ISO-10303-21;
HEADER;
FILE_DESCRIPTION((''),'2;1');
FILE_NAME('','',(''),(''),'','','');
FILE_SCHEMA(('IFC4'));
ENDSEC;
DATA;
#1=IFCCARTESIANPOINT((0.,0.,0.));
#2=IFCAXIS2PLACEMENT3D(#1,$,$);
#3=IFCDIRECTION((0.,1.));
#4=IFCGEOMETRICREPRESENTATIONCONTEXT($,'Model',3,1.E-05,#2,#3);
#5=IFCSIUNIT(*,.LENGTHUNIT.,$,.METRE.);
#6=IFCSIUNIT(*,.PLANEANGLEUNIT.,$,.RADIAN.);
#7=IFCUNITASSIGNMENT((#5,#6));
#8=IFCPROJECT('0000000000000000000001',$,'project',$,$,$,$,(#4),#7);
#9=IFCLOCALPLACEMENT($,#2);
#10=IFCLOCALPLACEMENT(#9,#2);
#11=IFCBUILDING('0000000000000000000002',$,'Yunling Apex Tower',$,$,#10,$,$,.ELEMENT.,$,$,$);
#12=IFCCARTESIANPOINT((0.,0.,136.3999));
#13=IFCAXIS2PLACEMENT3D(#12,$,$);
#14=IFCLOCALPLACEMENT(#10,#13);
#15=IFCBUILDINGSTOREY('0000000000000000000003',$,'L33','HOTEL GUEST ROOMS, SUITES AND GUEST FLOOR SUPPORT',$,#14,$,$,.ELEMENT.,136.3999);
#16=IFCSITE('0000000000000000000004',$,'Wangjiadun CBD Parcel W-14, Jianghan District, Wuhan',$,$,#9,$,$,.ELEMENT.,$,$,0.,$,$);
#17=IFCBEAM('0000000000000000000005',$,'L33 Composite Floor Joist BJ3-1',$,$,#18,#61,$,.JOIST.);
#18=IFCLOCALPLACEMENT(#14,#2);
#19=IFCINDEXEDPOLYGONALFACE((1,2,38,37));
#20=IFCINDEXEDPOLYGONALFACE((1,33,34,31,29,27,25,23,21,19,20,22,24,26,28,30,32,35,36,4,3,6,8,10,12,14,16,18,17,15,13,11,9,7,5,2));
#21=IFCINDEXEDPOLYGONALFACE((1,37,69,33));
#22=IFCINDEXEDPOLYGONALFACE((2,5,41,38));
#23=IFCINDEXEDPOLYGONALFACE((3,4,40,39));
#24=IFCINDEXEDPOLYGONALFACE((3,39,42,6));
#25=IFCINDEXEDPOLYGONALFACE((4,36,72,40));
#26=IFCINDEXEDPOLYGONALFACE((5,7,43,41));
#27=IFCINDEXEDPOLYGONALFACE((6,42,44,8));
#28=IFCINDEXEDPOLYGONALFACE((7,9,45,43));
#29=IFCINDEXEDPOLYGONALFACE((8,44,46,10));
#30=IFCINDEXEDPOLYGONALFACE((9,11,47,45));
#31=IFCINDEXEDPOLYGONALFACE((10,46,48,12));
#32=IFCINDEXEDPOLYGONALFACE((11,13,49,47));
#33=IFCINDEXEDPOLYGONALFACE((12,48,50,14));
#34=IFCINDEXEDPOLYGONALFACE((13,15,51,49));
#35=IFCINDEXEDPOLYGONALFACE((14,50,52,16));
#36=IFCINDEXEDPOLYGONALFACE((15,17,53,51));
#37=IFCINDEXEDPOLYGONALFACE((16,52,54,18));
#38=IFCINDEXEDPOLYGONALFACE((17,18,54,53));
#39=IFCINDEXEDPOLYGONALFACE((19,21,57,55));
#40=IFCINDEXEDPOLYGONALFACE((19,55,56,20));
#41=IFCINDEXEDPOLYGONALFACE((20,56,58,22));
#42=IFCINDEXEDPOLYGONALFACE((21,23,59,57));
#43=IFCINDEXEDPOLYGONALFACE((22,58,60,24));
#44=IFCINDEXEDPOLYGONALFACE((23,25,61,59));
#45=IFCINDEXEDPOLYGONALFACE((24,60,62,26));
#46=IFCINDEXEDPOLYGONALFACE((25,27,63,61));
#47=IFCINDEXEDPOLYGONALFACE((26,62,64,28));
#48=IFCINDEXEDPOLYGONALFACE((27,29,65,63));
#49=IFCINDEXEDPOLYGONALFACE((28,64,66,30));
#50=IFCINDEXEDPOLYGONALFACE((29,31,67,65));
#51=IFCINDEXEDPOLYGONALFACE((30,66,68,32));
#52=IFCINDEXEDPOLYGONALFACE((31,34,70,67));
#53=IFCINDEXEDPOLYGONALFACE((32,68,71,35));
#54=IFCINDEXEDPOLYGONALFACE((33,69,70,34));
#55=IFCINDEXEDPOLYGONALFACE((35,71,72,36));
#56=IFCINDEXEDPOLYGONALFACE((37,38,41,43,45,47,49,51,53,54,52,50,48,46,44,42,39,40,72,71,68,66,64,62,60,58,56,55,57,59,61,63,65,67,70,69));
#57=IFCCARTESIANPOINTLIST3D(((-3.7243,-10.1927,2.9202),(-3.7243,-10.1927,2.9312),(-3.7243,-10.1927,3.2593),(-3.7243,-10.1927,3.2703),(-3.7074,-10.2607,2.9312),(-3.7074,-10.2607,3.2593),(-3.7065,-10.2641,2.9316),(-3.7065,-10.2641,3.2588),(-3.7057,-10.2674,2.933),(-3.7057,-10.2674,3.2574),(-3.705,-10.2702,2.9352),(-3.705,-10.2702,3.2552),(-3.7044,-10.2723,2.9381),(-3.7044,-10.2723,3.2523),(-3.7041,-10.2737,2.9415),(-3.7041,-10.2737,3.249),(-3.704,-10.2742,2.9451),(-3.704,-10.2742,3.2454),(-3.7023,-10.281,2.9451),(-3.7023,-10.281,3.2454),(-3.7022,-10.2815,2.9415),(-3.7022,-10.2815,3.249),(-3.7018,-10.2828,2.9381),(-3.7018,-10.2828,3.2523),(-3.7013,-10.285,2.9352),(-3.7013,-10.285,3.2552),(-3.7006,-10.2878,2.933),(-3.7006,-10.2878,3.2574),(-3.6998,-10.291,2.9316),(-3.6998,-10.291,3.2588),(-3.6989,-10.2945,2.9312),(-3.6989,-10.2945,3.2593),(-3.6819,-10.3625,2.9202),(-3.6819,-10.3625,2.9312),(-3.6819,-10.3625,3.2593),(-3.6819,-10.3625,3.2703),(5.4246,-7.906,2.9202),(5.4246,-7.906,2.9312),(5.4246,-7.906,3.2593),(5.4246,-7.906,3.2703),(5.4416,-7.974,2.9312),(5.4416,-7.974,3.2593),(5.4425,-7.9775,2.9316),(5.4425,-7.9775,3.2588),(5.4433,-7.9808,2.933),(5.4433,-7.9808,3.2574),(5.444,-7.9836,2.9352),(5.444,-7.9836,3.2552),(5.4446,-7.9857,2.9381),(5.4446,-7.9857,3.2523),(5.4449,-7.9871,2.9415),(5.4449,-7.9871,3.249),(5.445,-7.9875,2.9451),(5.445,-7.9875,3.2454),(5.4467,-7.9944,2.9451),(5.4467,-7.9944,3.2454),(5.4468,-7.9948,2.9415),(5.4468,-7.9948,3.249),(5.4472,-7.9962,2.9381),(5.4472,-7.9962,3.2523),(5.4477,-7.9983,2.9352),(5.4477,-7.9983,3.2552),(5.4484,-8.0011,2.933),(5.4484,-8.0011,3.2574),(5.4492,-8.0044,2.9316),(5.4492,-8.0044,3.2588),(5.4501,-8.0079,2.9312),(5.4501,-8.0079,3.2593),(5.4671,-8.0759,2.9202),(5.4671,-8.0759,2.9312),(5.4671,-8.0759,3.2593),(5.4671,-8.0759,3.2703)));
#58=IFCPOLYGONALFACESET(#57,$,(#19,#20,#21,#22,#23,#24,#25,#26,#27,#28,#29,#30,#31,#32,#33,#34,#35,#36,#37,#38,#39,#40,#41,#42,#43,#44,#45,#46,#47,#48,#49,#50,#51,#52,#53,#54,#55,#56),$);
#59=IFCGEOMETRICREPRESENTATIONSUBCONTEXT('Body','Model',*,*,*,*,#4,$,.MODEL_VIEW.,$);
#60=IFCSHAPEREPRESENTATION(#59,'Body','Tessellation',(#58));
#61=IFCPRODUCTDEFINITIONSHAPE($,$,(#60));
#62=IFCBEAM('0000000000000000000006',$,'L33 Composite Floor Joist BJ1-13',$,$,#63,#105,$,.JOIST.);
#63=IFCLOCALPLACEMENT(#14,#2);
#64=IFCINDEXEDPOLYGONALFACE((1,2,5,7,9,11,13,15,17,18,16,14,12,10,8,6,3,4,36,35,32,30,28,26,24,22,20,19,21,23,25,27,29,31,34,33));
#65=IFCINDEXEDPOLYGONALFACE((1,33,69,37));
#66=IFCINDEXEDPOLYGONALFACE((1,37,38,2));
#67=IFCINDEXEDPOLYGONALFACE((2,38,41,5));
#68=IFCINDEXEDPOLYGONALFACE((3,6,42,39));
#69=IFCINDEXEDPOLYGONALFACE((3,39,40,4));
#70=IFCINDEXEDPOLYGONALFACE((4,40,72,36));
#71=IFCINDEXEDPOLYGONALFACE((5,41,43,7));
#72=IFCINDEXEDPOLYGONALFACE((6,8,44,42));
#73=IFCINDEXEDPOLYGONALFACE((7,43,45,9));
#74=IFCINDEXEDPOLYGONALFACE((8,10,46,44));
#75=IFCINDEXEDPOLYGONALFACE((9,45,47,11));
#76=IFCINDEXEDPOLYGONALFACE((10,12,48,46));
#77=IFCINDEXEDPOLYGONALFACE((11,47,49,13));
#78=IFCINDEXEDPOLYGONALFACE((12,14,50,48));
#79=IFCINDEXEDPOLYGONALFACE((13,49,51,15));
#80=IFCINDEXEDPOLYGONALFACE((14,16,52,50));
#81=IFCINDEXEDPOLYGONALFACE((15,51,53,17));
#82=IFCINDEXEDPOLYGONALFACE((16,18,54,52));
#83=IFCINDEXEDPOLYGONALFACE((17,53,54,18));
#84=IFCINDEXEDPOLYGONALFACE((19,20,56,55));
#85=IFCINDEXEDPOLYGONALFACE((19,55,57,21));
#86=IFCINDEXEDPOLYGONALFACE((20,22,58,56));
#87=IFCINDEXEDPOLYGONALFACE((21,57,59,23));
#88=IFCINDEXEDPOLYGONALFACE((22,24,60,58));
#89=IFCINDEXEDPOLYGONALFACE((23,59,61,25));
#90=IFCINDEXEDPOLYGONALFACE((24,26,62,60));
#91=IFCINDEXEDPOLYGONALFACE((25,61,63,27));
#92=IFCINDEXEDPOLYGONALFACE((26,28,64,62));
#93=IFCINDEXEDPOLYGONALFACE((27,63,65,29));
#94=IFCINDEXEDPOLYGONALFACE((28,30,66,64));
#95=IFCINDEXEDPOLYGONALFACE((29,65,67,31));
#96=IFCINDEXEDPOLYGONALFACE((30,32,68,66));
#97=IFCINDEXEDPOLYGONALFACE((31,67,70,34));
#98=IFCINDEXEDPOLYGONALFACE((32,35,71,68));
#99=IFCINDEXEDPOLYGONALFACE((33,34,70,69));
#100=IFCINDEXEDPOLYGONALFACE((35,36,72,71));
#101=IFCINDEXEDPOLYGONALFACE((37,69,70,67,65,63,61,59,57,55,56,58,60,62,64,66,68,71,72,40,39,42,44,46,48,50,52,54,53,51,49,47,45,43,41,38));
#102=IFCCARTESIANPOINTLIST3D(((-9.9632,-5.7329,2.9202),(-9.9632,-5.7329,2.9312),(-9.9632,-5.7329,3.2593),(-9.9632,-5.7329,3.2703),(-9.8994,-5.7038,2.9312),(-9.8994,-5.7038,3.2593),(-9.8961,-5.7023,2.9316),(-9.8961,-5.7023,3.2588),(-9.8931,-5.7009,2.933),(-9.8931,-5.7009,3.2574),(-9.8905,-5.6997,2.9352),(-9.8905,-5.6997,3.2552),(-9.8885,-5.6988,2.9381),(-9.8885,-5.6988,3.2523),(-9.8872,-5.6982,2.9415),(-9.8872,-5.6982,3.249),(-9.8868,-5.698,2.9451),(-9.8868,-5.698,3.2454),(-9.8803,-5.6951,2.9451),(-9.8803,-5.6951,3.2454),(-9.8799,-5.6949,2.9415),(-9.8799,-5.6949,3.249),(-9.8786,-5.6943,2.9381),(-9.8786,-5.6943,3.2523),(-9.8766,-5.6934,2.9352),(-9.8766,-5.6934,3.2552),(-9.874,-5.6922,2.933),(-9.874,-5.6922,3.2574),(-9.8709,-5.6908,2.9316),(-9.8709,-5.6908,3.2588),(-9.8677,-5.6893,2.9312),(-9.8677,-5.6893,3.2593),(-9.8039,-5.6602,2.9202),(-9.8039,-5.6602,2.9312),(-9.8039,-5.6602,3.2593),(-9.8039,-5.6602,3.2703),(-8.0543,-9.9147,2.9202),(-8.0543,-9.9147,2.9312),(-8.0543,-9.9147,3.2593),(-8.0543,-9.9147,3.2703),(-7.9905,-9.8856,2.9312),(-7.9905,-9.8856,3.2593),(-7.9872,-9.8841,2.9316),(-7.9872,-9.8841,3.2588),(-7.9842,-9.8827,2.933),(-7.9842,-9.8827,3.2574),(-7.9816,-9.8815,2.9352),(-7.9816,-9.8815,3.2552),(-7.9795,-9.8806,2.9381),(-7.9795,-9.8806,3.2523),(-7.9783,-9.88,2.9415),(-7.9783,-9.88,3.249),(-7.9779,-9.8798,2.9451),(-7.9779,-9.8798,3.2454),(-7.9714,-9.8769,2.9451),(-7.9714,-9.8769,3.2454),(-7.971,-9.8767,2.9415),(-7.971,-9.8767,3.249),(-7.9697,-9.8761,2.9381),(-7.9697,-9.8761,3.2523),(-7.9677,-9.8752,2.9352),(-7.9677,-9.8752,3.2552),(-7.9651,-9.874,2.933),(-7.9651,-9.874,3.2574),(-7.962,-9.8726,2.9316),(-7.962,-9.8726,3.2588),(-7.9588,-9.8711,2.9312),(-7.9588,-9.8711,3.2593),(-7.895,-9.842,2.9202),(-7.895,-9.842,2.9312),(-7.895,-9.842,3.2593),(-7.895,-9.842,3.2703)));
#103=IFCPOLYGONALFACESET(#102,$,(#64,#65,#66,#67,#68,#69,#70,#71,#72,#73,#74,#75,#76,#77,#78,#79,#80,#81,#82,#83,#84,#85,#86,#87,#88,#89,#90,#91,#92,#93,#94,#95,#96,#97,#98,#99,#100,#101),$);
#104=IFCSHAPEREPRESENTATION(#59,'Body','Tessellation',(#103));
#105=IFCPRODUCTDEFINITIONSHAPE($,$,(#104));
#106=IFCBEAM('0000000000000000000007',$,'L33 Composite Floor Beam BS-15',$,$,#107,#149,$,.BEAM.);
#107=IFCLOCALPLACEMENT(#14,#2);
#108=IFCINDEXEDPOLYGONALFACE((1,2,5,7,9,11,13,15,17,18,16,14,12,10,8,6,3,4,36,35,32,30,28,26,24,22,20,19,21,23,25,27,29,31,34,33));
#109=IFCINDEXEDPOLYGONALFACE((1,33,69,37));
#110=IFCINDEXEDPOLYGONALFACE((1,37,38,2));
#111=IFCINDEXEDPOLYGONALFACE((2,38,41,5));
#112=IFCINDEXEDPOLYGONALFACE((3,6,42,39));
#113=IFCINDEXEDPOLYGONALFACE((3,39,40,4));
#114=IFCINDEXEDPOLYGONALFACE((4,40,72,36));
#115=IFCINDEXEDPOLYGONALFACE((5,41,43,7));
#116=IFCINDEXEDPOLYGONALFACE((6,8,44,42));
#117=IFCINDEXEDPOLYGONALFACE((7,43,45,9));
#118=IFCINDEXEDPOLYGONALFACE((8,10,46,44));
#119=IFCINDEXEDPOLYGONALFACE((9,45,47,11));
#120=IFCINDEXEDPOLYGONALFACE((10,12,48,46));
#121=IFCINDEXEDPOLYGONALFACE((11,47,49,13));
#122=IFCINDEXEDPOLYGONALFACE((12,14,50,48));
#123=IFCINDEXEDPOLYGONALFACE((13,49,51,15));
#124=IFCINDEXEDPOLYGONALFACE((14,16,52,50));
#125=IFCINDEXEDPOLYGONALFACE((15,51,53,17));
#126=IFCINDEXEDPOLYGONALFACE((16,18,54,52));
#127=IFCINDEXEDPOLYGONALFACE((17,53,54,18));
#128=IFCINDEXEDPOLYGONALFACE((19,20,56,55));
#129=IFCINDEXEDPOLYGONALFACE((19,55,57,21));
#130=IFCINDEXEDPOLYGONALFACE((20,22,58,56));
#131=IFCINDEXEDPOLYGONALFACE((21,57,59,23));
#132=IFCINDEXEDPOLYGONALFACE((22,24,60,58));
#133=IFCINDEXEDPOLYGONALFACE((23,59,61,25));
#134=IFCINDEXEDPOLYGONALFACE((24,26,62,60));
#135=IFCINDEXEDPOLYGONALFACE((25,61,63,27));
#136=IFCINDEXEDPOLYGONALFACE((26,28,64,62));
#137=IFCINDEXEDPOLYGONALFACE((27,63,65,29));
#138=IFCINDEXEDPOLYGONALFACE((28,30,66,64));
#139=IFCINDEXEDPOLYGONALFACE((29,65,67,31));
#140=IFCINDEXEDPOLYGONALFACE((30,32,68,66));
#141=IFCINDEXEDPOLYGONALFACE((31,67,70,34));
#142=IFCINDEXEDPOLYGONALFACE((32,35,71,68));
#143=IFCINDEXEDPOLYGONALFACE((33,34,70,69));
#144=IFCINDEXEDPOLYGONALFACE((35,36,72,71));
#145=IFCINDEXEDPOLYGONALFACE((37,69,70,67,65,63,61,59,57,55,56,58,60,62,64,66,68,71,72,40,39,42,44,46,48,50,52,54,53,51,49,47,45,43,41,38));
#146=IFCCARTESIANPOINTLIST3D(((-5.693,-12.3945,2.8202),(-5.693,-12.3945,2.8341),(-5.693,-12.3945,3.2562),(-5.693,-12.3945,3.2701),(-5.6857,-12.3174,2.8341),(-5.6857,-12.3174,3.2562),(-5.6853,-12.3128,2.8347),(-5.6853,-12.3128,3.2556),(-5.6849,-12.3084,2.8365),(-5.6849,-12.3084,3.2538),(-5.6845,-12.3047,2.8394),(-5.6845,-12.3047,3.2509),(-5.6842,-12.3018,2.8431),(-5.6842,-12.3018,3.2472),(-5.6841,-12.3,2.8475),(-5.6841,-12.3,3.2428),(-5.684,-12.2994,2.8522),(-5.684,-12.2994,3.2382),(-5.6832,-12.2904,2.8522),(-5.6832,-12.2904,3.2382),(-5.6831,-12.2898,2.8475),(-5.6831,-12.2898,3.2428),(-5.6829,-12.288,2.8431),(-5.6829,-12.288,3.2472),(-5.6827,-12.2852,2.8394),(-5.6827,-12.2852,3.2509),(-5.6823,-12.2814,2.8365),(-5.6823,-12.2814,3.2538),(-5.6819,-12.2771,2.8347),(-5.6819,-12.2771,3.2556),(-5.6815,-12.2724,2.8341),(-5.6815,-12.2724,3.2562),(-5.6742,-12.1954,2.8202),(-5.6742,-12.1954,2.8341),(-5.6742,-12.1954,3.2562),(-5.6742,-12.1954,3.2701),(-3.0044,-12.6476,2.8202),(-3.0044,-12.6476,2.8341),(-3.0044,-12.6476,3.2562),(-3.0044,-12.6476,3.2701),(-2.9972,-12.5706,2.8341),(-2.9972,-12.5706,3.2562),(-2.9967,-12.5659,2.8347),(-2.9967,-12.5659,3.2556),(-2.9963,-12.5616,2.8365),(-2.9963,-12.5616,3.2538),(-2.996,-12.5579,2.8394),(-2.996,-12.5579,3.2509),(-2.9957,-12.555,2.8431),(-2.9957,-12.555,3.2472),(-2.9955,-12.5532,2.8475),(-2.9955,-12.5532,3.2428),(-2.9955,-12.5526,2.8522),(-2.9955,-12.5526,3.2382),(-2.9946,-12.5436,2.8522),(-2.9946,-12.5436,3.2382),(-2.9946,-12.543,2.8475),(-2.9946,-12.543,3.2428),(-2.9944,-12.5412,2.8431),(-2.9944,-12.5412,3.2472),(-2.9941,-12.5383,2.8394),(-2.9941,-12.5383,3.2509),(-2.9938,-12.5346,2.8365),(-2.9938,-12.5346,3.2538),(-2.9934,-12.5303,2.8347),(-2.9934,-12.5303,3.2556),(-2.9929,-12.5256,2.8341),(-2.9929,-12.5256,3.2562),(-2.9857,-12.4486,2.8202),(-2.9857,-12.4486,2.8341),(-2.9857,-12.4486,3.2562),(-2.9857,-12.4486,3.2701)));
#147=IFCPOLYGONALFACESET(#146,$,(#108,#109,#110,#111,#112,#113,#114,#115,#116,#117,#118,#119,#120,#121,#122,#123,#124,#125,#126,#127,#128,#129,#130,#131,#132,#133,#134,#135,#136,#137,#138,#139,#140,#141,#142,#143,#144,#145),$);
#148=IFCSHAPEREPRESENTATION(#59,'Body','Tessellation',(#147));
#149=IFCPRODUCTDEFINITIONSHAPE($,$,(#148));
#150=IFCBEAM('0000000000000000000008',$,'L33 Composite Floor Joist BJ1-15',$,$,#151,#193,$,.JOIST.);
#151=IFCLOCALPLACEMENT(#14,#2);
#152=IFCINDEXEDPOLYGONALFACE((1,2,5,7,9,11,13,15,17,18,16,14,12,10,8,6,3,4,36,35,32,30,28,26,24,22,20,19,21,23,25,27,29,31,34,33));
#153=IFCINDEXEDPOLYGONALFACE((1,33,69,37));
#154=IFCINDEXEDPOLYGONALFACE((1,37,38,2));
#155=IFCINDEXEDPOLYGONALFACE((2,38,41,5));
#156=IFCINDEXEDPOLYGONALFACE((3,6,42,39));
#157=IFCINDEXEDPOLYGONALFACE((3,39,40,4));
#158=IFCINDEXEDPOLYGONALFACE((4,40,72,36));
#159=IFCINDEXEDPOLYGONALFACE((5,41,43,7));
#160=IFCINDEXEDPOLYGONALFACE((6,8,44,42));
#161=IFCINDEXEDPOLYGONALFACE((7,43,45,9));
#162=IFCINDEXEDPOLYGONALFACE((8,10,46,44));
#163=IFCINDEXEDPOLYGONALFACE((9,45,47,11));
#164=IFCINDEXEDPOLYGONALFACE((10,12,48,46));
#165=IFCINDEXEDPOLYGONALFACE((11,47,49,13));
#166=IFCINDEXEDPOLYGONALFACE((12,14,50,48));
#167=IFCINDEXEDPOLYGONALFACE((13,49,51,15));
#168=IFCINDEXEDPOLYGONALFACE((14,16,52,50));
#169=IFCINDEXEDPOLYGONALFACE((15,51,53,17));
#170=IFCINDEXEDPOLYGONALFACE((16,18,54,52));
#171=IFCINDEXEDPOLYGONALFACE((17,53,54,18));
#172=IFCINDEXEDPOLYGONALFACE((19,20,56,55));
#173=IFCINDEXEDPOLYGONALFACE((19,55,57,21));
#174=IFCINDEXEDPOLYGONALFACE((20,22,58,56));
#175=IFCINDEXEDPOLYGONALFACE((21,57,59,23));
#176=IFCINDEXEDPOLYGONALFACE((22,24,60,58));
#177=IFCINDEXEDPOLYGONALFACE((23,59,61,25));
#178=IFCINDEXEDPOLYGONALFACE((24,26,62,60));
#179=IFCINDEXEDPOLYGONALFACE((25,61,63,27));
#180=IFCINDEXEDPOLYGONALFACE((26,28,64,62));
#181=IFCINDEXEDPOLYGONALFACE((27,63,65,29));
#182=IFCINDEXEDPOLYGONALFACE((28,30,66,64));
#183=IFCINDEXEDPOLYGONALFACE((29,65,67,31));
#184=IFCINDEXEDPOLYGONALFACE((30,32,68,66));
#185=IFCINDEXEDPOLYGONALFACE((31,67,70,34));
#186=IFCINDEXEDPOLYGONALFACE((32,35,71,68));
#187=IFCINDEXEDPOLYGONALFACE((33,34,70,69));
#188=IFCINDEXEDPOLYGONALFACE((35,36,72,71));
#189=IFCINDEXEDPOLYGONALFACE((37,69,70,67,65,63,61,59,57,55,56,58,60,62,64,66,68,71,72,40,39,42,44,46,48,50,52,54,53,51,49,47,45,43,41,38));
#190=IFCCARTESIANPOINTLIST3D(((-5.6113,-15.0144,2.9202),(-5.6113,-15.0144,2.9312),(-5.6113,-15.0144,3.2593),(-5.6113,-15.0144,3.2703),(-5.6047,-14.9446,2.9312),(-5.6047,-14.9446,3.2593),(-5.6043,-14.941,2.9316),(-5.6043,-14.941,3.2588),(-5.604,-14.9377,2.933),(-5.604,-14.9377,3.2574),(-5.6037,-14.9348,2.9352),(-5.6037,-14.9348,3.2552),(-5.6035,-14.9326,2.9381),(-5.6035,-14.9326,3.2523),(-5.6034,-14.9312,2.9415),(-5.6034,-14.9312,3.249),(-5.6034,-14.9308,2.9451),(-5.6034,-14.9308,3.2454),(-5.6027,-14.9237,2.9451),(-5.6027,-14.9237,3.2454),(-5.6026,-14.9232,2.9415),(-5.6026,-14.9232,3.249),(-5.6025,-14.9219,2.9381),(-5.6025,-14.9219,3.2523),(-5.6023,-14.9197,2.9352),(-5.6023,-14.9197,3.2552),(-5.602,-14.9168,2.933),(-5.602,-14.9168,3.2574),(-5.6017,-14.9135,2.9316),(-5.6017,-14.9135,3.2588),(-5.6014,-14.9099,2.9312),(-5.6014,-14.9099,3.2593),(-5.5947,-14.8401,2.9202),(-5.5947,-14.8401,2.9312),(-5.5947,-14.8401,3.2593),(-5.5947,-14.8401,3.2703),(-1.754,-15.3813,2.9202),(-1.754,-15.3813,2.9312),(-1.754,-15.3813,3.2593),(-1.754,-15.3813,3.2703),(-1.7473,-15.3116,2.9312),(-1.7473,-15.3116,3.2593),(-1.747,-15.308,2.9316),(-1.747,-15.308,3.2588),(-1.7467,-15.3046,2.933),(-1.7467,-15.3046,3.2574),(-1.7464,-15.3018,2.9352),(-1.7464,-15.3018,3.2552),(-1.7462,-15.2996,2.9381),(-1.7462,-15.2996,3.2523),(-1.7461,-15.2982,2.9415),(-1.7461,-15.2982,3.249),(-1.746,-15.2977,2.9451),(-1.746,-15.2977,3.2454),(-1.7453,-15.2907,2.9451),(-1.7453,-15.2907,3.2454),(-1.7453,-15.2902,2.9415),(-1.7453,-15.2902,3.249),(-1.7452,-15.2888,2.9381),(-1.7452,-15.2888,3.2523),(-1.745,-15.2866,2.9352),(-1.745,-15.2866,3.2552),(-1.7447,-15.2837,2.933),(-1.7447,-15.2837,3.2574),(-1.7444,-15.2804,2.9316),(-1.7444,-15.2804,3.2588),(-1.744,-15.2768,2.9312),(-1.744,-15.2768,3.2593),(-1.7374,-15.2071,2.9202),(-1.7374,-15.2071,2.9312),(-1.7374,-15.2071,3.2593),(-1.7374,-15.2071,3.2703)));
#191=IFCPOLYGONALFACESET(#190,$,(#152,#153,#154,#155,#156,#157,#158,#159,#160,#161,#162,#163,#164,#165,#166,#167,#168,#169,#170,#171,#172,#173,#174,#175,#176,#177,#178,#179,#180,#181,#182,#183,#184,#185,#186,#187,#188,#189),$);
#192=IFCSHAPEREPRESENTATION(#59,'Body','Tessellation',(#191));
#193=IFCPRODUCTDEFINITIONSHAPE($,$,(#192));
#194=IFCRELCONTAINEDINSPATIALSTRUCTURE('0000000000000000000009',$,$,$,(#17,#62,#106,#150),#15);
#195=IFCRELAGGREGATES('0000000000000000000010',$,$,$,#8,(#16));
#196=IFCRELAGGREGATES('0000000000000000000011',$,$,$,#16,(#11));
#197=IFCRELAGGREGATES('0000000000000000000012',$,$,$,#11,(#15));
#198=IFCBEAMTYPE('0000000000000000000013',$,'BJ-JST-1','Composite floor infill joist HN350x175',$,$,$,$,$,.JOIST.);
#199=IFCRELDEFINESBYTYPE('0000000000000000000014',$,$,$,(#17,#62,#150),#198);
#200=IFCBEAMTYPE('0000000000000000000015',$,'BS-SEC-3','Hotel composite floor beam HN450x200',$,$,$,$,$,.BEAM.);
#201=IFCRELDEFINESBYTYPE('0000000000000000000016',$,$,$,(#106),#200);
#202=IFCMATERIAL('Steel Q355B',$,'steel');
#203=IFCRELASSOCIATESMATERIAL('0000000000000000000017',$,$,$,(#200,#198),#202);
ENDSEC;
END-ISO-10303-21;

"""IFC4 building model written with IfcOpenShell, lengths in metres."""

from ifc_helpers import new_model, si_unit, direction, frame, origin, origin_2d, place, context, subcontext, project, spatial, i_section, extrude, source, transform, mapped, material, material_profile, profile_set, type_object, element, save


model = new_model("IFC4")

# Units and contexts
model_context = context("Model", 3, precision=1e-05, world=origin(), true_north=direction((0.0, 1.0)))
body_context = subcontext(model_context, "Body", "Model", "MODEL_VIEW")
ifc_project = project(units=[si_unit("LENGTHUNIT", "METRE"), si_unit("PLANEANGLEUNIT", "RADIAN")], contexts=[model_context])

# Site, building, storey
site_placement = place(None, origin())
site = spatial("IfcSite", under=ifc_project, at=site_placement, Name="Wangjiadun CBD Parcel W-14, Jianghan District, Wuhan", CompositionType="ELEMENT", RefElevation=0.0)
building_placement = place(site_placement, origin())
building = spatial("IfcBuilding", under=site, at=building_placement, Name="Yunling Apex Tower", CompositionType="ELEMENT")
storey_placement = place(building_placement, frame((0.0, 0.0, 136.3999)))
storey = spatial("IfcBuildingStorey", under=building, at=storey_placement, Name="L33", Description="HOTEL GUEST ROOMS, SUITES AND GUEST FLOOR SUPPORT", CompositionType="ELEMENT", Elevation=136.3999)

# Beams
ifc_material_1 = material(Name="Steel Q355B", Category="steel")
ifc_material_profile_1 = material_profile(ifc_material_1, i_section(OverallWidth=0.2, OverallDepth=0.45, WebThickness=0.009, FlangeThickness=0.0139, FilletRadius=0.0181, at=origin_2d()))
ifc_profile_set_1 = profile_set([ifc_material_profile_1], Name="Steel Q355B")
beam_type_1 = type_object("IfcBeamType", Name="BS-SEC-3", Description="Hotel composite floor beam HN450x200", PredefinedType="BEAM", material=ifc_profile_set_1)
ifc_material_profile_2 = material_profile(ifc_material_1, i_section(OverallWidth=0.175, OverallDepth=0.3501, WebThickness=0.0071, FlangeThickness=0.011, FilletRadius=0.0139, at=origin_2d()))
ifc_profile_set_2 = profile_set([ifc_material_profile_2], Name="Steel Q355B")
beam_type_2 = type_object("IfcBeamType", Name="BJ-JST-1", Description="Composite floor infill joist HN350x175", PredefinedType="JOIST", material=ifc_profile_set_2)
shared_shape_1 = source(origin(), body_context, "Body", "SweptSolid", [
    extrude(i_section(OverallWidth=0.175, OverallDepth=0.3501, WebThickness=0.0071, FlangeThickness=0.011, FilletRadius=0.0139, at=origin_2d()), origin(), (0.0, 0.0, 1.0), 9.4304),
])
beam_1_placement = place(storey_placement, frame((-3.7031, -10.2776, 3.0952), z_axis=(0.970158, 0.242475, 0.0), x_axis=(-0.242475, 0.970158, 0.0)))
element("IfcBeam", 1, at=beam_1_placement, inside=storey, type_object=beam_type_2, Name="L33 Composite Floor Joist BJ3-1", PredefinedType="JOIST", context=body_context, shape_type="MappedRepresentation", body=[
    mapped(shared_shape_1, transform((0.0, 0.0, 0.0), scale=1.0)),
])
shared_shape_2 = source(origin(), body_context, "Body", "SweptSolid", [
    extrude(i_section(OverallWidth=0.175, OverallDepth=0.3501, WebThickness=0.0071, FlangeThickness=0.011, FilletRadius=0.0139, at=origin_2d()), origin(), (0.0, 0.0, 1.0), 4.5969),
])
beam_2_placement = place(storey_placement, frame((-9.8835, -5.6965, 3.0952), z_axis=(0.415259, -0.909703, 0.0), x_axis=(0.909703, 0.415259, 0.0)))
element("IfcBeam", 2, at=beam_2_placement, inside=storey, type_object=beam_type_2, Name="L33 Composite Floor Joist BJ1-13", PredefinedType="JOIST", context=body_context, shape_type="MappedRepresentation", body=[
    mapped(shared_shape_2, transform((0.0, 0.0, 0.0), scale=1.0)),
])
shared_shape_3 = source(origin(), body_context, "Body", "SweptSolid", [
    extrude(i_section(OverallWidth=0.2, OverallDepth=0.45, WebThickness=0.009, FlangeThickness=0.0139, FilletRadius=0.0181, at=origin_2d()), origin(), (0.0, 0.0, 1.0), 2.7004),
])
beam_3_placement = place(storey_placement, frame((-5.6836, -12.2949, 3.0452), z_axis=(0.995595, -0.093755, 0.0), x_axis=(0.093755, 0.995595, 0.0)))
element("IfcBeam", 3, at=beam_3_placement, inside=storey, type_object=beam_type_1, Name="L33 Composite Floor Beam BS-15", PredefinedType="BEAM", context=body_context, shape_type="MappedRepresentation", body=[
    mapped(shared_shape_3, transform((0.0, 0.0, 0.0), scale=1.0)),
])
shared_shape_4 = source(origin(), body_context, "Body", "SweptSolid", [
    extrude(i_section(OverallWidth=0.175, OverallDepth=0.3501, WebThickness=0.0071, FlangeThickness=0.011, FilletRadius=0.0139, at=origin_2d()), origin(), (0.0, 0.0, 1.0), 3.8748),
])
beam_4_placement = place(storey_placement, frame((-5.603, -14.9272, 3.0952), z_axis=(0.995506, -0.094699, 0.0), x_axis=(0.094699, 0.995506, 0.0)))
element("IfcBeam", 4, at=beam_4_placement, inside=storey, type_object=beam_type_2, Name="L33 Composite Floor Joist BJ1-15", PredefinedType="JOIST", context=body_context, shape_type="MappedRepresentation", body=[
    mapped(shared_shape_4, transform((0.0, 0.0, 0.0), scale=1.0)),
])

save(model, "model.ifc")
